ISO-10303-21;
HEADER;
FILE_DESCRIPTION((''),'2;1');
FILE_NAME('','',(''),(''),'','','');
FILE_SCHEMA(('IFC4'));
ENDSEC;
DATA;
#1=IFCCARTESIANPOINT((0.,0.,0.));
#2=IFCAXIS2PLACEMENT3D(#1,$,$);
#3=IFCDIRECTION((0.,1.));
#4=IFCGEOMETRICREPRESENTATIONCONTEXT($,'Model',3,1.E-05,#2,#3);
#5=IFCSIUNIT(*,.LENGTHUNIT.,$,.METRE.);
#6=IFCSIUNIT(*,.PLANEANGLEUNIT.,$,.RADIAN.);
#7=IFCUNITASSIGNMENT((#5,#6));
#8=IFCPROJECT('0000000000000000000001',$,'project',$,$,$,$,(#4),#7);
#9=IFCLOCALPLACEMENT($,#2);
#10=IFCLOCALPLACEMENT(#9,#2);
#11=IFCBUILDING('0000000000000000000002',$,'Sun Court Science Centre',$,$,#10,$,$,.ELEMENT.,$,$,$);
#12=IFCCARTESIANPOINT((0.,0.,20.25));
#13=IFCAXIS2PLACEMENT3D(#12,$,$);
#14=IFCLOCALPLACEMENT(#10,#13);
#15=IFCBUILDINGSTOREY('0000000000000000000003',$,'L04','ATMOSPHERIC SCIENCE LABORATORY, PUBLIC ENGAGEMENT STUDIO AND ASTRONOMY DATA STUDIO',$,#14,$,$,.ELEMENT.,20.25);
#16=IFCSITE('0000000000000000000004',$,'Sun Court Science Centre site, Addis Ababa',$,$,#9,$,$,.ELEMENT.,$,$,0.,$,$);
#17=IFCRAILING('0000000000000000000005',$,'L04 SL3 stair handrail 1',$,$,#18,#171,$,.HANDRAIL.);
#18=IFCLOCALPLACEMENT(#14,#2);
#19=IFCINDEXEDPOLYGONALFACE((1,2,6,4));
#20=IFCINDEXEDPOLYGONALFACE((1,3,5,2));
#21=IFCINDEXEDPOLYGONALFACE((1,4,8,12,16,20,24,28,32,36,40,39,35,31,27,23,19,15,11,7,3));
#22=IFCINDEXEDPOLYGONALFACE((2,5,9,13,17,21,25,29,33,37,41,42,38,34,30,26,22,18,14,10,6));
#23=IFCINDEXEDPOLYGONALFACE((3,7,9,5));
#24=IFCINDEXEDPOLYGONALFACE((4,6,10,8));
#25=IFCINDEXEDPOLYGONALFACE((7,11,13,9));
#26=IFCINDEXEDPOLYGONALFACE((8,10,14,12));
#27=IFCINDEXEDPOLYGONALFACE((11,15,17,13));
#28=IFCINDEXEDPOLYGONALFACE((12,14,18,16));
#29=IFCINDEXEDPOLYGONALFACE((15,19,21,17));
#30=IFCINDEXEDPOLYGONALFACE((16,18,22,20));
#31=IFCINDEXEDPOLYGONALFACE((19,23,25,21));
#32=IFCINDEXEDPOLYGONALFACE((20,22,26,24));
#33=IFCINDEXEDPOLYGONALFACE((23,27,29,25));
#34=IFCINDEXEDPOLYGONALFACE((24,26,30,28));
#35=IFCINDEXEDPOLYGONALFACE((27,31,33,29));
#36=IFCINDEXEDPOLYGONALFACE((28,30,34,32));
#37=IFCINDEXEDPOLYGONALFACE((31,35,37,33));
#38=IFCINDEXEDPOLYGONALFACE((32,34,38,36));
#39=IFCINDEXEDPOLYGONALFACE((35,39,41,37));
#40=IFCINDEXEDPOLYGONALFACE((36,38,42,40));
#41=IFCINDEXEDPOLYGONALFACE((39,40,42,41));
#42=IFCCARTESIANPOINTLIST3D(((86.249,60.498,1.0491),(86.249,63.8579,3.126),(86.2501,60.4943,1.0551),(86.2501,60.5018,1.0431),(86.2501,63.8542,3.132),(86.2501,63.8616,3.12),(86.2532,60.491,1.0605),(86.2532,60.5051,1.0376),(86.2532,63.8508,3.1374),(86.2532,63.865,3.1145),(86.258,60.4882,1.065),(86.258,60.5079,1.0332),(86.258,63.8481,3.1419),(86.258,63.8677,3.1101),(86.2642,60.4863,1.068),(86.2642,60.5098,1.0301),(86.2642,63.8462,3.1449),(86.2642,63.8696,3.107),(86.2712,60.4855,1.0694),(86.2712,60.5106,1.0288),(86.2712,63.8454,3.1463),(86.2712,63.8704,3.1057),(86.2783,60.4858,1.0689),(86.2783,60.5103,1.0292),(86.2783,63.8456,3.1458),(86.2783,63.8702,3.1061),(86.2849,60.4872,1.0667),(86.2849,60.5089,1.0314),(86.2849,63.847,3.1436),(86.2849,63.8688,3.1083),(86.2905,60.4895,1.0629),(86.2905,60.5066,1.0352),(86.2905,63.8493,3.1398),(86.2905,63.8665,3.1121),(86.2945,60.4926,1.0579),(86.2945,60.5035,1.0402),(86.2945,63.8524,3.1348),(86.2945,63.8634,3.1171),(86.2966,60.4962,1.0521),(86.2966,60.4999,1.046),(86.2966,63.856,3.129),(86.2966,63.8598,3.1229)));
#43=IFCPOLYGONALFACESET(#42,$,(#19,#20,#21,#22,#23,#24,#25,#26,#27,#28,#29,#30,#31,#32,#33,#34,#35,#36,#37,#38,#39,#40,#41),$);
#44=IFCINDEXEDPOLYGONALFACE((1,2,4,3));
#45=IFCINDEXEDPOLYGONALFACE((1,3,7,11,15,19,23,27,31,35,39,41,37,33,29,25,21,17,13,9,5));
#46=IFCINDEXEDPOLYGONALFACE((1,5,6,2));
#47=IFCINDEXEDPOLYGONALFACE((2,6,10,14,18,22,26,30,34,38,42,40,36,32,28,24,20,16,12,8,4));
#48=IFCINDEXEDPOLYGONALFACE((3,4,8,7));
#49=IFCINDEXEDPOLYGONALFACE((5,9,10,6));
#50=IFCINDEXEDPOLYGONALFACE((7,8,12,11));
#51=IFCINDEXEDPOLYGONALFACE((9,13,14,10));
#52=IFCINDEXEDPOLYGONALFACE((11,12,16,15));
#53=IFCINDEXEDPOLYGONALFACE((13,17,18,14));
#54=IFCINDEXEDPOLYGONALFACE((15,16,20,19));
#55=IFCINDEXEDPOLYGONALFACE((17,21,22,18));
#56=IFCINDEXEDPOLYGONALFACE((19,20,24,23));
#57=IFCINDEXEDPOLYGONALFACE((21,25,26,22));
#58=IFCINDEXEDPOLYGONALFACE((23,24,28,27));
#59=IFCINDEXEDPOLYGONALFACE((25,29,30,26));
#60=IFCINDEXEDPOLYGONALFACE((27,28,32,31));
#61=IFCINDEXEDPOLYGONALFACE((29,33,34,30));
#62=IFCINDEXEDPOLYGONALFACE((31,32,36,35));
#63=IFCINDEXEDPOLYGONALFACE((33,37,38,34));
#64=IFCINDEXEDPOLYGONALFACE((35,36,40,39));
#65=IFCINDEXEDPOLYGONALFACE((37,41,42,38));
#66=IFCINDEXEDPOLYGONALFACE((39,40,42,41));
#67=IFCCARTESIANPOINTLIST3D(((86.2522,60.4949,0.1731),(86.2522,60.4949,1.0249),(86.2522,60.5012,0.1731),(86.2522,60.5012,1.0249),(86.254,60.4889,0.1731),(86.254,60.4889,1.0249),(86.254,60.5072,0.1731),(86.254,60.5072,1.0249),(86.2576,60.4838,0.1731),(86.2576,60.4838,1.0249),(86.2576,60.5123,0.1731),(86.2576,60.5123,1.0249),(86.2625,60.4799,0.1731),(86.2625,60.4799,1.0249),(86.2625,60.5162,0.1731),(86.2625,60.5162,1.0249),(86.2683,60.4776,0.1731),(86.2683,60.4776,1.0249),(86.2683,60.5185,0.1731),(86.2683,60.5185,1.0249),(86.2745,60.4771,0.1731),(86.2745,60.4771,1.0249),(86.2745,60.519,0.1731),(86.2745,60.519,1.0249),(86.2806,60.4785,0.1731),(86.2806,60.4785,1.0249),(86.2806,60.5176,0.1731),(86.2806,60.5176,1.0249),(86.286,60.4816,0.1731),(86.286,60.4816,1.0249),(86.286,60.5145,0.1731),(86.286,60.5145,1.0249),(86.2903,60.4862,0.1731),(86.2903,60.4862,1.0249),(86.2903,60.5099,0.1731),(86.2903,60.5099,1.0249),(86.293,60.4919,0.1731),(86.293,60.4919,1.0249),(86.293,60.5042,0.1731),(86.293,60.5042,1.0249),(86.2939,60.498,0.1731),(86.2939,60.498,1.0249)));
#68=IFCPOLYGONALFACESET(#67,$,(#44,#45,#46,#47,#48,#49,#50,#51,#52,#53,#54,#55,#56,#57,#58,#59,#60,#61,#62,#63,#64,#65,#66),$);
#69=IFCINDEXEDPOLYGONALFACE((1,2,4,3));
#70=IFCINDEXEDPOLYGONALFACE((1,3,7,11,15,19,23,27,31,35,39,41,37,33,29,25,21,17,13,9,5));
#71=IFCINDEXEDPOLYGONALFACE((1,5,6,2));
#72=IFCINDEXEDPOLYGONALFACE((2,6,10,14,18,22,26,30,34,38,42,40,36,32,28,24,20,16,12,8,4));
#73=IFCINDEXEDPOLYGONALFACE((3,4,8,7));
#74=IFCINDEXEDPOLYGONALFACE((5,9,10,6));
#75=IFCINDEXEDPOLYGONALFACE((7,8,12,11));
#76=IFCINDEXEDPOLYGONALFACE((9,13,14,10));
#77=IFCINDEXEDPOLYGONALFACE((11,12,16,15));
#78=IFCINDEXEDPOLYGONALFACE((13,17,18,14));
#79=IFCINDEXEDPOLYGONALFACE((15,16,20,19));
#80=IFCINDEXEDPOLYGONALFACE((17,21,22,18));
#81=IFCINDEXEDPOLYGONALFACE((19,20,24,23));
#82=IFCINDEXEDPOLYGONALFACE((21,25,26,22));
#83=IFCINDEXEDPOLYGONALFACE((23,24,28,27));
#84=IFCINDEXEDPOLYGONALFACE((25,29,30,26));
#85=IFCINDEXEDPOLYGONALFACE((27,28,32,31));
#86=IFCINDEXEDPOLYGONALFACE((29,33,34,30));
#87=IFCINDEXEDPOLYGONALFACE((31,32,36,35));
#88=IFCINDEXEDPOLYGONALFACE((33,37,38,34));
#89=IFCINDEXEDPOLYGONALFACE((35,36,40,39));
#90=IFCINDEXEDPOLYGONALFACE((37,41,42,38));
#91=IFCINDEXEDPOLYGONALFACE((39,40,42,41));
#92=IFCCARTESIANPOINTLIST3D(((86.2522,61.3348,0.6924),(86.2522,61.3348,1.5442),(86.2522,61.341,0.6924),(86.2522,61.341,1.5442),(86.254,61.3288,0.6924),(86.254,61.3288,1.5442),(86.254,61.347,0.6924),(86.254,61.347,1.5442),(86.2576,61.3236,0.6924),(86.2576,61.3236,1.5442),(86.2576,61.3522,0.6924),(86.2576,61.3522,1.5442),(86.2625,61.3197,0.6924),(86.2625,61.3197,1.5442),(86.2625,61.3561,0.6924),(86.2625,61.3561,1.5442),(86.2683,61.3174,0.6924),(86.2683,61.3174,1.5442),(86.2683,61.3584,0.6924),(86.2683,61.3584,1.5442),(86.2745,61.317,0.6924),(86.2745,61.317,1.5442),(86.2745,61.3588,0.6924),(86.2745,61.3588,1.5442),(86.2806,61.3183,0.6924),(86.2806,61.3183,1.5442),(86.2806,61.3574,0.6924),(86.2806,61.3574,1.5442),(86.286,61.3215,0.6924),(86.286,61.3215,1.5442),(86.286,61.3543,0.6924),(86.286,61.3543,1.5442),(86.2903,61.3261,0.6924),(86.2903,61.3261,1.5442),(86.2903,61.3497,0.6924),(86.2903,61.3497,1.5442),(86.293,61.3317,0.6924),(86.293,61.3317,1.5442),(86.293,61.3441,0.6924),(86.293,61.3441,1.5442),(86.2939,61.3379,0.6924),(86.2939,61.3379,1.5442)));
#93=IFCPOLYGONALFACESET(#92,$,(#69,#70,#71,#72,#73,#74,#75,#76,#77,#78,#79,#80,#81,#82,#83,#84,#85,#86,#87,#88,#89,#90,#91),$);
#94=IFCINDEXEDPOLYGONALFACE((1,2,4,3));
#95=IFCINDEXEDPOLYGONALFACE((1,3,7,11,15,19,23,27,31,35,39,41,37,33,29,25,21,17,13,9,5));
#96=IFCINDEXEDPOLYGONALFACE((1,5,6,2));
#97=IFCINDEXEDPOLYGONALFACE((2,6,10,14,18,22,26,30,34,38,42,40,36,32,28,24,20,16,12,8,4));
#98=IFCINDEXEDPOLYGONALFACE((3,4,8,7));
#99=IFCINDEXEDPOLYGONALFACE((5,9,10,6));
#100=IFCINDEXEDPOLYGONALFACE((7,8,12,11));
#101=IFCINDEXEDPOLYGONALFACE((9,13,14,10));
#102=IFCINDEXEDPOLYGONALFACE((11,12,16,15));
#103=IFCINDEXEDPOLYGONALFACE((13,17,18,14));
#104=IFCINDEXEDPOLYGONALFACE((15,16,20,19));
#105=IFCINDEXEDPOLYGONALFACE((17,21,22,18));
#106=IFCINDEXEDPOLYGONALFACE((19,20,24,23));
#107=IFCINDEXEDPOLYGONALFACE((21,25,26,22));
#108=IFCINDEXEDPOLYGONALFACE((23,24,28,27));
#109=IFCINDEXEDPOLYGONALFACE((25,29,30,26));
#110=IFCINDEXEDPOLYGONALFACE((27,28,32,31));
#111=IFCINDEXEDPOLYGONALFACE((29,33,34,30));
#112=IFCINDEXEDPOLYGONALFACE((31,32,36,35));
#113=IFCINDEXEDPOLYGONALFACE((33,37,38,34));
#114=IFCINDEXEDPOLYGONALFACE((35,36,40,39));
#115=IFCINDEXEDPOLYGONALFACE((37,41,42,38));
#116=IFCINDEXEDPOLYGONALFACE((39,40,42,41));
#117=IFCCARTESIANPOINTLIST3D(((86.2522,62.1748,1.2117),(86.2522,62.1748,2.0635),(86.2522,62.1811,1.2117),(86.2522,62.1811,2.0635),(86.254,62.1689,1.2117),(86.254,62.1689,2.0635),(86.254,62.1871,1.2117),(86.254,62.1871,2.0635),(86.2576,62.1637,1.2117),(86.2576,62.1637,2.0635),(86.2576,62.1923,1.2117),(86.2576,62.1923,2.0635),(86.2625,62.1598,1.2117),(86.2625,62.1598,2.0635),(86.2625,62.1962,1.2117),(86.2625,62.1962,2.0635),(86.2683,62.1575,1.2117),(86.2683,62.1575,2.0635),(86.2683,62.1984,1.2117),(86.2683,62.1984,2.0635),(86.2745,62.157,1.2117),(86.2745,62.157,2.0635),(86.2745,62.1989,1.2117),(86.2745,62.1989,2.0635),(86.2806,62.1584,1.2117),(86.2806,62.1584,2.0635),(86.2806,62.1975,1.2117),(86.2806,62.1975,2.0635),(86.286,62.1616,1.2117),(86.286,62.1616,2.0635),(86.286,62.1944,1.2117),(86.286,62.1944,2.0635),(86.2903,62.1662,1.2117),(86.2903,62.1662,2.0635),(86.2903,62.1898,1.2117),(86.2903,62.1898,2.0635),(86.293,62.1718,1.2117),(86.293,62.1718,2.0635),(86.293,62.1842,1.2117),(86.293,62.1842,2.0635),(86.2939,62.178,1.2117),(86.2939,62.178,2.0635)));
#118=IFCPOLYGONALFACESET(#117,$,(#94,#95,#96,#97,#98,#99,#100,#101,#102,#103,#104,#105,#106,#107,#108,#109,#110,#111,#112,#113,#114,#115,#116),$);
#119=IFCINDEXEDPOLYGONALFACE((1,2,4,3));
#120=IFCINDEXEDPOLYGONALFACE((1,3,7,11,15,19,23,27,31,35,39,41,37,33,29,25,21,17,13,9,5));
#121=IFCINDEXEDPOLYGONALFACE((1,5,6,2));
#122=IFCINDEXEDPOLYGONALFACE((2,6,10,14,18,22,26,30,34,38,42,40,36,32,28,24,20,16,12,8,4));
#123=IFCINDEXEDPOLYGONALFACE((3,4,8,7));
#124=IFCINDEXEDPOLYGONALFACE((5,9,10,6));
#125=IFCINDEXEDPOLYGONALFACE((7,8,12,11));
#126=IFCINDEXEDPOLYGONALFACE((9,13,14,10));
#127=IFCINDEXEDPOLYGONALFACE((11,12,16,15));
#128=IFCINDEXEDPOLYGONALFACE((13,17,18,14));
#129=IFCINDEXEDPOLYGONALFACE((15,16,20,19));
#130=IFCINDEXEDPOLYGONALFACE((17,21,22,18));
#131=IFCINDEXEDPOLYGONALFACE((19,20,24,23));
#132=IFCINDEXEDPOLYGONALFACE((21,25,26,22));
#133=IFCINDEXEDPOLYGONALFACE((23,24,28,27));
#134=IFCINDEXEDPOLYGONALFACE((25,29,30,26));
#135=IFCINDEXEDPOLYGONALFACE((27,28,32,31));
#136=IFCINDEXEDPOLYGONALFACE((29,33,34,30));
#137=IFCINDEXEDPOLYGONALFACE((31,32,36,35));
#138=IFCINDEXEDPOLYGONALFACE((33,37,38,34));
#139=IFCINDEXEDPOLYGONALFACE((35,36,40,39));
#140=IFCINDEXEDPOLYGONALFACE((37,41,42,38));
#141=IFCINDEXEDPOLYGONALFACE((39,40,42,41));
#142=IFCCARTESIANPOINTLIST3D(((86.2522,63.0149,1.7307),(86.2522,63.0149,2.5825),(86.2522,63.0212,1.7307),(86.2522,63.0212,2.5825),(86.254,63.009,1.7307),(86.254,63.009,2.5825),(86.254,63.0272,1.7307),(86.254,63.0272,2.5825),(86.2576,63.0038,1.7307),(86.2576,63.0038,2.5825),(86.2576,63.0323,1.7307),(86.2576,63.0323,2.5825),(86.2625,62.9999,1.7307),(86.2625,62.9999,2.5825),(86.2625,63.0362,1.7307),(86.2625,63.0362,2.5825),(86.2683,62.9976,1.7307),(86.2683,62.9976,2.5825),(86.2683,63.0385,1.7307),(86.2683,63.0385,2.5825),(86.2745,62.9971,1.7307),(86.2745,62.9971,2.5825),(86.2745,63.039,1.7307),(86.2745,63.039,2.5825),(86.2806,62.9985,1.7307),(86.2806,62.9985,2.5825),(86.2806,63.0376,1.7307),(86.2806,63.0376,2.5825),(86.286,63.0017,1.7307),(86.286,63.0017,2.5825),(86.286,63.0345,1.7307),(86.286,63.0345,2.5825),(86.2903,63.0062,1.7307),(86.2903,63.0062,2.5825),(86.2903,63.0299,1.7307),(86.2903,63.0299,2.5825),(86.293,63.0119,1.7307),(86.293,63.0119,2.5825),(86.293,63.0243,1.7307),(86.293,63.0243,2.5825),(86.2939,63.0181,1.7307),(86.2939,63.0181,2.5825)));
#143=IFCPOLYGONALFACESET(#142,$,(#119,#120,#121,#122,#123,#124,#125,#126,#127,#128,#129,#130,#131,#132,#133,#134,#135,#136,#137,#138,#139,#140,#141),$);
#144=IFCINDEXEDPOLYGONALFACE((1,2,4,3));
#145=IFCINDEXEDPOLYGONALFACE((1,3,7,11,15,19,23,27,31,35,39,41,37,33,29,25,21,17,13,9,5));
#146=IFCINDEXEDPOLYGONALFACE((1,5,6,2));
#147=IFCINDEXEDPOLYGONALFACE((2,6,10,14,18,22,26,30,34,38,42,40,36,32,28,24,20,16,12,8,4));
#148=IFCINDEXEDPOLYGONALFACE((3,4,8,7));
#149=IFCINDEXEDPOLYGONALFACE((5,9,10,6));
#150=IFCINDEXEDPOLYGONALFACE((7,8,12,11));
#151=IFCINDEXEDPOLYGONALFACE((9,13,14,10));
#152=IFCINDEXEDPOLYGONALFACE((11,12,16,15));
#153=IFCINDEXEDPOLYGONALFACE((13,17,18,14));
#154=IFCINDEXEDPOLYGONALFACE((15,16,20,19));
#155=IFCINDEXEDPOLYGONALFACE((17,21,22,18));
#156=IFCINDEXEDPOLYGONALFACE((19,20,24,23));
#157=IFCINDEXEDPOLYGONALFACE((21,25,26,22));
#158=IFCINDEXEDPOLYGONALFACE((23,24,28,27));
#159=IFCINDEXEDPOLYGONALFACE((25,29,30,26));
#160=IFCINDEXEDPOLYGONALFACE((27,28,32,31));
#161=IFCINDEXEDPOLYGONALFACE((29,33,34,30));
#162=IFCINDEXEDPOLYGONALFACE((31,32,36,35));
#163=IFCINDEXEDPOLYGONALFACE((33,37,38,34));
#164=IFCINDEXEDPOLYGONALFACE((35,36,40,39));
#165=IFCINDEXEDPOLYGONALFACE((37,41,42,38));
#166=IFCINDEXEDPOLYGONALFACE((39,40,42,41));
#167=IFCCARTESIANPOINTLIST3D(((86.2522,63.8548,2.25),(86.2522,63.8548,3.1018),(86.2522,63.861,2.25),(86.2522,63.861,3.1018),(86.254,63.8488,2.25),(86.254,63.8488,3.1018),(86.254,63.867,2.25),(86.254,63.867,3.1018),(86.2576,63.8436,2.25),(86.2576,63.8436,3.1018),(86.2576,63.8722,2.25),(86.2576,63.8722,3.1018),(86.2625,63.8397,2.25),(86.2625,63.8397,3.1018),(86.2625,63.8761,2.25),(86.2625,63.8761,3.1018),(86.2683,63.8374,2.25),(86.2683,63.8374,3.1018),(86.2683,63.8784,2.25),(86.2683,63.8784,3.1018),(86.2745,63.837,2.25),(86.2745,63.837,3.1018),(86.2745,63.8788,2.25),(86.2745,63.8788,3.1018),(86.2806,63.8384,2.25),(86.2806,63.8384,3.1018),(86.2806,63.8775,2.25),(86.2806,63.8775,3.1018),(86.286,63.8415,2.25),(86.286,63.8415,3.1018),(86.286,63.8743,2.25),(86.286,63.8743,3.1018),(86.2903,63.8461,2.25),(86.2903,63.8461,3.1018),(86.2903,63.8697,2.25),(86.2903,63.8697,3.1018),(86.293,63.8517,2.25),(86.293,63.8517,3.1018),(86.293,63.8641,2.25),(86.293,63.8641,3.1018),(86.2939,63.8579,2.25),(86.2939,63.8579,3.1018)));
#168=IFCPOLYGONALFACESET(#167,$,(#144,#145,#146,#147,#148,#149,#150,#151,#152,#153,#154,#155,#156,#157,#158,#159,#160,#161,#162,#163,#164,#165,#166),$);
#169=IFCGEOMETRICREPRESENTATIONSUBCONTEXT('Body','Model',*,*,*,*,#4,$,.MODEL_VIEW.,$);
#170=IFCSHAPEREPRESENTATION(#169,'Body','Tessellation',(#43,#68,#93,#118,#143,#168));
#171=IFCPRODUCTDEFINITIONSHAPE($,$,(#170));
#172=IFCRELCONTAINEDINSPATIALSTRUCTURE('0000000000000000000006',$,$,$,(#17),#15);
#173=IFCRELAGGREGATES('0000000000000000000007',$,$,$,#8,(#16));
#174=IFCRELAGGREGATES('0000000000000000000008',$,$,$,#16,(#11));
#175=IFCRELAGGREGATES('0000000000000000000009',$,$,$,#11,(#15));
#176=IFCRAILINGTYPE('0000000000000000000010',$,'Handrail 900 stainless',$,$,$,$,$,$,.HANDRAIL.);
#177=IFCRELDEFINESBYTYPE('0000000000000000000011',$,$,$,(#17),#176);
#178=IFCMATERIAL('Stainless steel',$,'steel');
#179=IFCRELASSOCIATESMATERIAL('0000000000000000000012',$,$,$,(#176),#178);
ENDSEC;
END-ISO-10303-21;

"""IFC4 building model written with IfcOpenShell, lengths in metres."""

from ifc_helpers import new_model, si_unit, direction, frame, origin, origin_2d, place, context, subcontext, project, spatial, circle, extrude, material, type_object, element, save


model = new_model("IFC4")

# Units and contexts
model_context = context("Model", 3, precision=1e-05, world=origin(), true_north=direction((0.0, 1.0)))
body_context = subcontext(model_context, "Body", "Model", "MODEL_VIEW")
ifc_project = project(units=[si_unit("LENGTHUNIT", "METRE"), si_unit("PLANEANGLEUNIT", "RADIAN")], contexts=[model_context])

# Site, building, storey
site_placement = place(None, origin())
site = spatial("IfcSite", under=ifc_project, at=site_placement, Name="Sun Court Science Centre site, Addis Ababa", CompositionType="ELEMENT", RefElevation=0.0)
building_placement = place(site_placement, origin())
building = spatial("IfcBuilding", under=site, at=building_placement, Name="Sun Court Science Centre", CompositionType="ELEMENT")
storey_placement = place(building_placement, frame((0.0, 0.0, 20.25)))
storey = spatial("IfcBuildingStorey", under=building, at=storey_placement, Name="L04", Description="ATMOSPHERIC SCIENCE LABORATORY, PUBLIC ENGAGEMENT STUDIO AND ASTRONOMY DATA STUDIO", CompositionType="ELEMENT", Elevation=20.25)

# Railing
ifc_material_1 = material(Name="Stainless steel", Category="steel")
railing_type_1 = type_object("IfcRailingType", Name="Handrail 900 stainless", PredefinedType="HANDRAIL", material=ifc_material_1)
railing_1_placement = place(storey_placement, frame((86.2729, 60.498, 0.1731)))
element("IfcRailing", 1, at=railing_1_placement, inside=storey, type_object=railing_type_1, Name="L04 SL3 stair handrail 1", PredefinedType="HANDRAIL", context=body_context, shape_type="SweptSolid", body=[
    extrude(circle(Radius=0.0239, at=origin_2d()), frame((0.0, 0.0, 0.876), z_axis=(0.0, 0.850606, 0.525803), x_axis=(-1.0, 0.0, 0.0)), (0.0, 0.0, 1.0), 3.95),
    extrude(circle(Radius=0.021, at=origin_2d()), origin(), (0.0, 0.0, 1.0), 0.8518),
    extrude(circle(Radius=0.021, at=origin_2d()), frame((0.0, 0.8398, 0.5193)), (0.0, 0.0, 1.0), 0.8518),
    extrude(circle(Radius=0.021, at=origin_2d()), frame((0.0, 1.6799, 1.0386)), (0.0, 0.0, 1.0), 0.8518),
    extrude(circle(Radius=0.021, at=origin_2d()), frame((0.0, 2.52, 1.5576)), (0.0, 0.0, 1.0), 0.8518),
    extrude(circle(Radius=0.021, at=origin_2d()), frame((0.0, 3.3599, 2.0769)), (0.0, 0.0, 1.0), 0.8518),
])

save(model, "model.ifc")
